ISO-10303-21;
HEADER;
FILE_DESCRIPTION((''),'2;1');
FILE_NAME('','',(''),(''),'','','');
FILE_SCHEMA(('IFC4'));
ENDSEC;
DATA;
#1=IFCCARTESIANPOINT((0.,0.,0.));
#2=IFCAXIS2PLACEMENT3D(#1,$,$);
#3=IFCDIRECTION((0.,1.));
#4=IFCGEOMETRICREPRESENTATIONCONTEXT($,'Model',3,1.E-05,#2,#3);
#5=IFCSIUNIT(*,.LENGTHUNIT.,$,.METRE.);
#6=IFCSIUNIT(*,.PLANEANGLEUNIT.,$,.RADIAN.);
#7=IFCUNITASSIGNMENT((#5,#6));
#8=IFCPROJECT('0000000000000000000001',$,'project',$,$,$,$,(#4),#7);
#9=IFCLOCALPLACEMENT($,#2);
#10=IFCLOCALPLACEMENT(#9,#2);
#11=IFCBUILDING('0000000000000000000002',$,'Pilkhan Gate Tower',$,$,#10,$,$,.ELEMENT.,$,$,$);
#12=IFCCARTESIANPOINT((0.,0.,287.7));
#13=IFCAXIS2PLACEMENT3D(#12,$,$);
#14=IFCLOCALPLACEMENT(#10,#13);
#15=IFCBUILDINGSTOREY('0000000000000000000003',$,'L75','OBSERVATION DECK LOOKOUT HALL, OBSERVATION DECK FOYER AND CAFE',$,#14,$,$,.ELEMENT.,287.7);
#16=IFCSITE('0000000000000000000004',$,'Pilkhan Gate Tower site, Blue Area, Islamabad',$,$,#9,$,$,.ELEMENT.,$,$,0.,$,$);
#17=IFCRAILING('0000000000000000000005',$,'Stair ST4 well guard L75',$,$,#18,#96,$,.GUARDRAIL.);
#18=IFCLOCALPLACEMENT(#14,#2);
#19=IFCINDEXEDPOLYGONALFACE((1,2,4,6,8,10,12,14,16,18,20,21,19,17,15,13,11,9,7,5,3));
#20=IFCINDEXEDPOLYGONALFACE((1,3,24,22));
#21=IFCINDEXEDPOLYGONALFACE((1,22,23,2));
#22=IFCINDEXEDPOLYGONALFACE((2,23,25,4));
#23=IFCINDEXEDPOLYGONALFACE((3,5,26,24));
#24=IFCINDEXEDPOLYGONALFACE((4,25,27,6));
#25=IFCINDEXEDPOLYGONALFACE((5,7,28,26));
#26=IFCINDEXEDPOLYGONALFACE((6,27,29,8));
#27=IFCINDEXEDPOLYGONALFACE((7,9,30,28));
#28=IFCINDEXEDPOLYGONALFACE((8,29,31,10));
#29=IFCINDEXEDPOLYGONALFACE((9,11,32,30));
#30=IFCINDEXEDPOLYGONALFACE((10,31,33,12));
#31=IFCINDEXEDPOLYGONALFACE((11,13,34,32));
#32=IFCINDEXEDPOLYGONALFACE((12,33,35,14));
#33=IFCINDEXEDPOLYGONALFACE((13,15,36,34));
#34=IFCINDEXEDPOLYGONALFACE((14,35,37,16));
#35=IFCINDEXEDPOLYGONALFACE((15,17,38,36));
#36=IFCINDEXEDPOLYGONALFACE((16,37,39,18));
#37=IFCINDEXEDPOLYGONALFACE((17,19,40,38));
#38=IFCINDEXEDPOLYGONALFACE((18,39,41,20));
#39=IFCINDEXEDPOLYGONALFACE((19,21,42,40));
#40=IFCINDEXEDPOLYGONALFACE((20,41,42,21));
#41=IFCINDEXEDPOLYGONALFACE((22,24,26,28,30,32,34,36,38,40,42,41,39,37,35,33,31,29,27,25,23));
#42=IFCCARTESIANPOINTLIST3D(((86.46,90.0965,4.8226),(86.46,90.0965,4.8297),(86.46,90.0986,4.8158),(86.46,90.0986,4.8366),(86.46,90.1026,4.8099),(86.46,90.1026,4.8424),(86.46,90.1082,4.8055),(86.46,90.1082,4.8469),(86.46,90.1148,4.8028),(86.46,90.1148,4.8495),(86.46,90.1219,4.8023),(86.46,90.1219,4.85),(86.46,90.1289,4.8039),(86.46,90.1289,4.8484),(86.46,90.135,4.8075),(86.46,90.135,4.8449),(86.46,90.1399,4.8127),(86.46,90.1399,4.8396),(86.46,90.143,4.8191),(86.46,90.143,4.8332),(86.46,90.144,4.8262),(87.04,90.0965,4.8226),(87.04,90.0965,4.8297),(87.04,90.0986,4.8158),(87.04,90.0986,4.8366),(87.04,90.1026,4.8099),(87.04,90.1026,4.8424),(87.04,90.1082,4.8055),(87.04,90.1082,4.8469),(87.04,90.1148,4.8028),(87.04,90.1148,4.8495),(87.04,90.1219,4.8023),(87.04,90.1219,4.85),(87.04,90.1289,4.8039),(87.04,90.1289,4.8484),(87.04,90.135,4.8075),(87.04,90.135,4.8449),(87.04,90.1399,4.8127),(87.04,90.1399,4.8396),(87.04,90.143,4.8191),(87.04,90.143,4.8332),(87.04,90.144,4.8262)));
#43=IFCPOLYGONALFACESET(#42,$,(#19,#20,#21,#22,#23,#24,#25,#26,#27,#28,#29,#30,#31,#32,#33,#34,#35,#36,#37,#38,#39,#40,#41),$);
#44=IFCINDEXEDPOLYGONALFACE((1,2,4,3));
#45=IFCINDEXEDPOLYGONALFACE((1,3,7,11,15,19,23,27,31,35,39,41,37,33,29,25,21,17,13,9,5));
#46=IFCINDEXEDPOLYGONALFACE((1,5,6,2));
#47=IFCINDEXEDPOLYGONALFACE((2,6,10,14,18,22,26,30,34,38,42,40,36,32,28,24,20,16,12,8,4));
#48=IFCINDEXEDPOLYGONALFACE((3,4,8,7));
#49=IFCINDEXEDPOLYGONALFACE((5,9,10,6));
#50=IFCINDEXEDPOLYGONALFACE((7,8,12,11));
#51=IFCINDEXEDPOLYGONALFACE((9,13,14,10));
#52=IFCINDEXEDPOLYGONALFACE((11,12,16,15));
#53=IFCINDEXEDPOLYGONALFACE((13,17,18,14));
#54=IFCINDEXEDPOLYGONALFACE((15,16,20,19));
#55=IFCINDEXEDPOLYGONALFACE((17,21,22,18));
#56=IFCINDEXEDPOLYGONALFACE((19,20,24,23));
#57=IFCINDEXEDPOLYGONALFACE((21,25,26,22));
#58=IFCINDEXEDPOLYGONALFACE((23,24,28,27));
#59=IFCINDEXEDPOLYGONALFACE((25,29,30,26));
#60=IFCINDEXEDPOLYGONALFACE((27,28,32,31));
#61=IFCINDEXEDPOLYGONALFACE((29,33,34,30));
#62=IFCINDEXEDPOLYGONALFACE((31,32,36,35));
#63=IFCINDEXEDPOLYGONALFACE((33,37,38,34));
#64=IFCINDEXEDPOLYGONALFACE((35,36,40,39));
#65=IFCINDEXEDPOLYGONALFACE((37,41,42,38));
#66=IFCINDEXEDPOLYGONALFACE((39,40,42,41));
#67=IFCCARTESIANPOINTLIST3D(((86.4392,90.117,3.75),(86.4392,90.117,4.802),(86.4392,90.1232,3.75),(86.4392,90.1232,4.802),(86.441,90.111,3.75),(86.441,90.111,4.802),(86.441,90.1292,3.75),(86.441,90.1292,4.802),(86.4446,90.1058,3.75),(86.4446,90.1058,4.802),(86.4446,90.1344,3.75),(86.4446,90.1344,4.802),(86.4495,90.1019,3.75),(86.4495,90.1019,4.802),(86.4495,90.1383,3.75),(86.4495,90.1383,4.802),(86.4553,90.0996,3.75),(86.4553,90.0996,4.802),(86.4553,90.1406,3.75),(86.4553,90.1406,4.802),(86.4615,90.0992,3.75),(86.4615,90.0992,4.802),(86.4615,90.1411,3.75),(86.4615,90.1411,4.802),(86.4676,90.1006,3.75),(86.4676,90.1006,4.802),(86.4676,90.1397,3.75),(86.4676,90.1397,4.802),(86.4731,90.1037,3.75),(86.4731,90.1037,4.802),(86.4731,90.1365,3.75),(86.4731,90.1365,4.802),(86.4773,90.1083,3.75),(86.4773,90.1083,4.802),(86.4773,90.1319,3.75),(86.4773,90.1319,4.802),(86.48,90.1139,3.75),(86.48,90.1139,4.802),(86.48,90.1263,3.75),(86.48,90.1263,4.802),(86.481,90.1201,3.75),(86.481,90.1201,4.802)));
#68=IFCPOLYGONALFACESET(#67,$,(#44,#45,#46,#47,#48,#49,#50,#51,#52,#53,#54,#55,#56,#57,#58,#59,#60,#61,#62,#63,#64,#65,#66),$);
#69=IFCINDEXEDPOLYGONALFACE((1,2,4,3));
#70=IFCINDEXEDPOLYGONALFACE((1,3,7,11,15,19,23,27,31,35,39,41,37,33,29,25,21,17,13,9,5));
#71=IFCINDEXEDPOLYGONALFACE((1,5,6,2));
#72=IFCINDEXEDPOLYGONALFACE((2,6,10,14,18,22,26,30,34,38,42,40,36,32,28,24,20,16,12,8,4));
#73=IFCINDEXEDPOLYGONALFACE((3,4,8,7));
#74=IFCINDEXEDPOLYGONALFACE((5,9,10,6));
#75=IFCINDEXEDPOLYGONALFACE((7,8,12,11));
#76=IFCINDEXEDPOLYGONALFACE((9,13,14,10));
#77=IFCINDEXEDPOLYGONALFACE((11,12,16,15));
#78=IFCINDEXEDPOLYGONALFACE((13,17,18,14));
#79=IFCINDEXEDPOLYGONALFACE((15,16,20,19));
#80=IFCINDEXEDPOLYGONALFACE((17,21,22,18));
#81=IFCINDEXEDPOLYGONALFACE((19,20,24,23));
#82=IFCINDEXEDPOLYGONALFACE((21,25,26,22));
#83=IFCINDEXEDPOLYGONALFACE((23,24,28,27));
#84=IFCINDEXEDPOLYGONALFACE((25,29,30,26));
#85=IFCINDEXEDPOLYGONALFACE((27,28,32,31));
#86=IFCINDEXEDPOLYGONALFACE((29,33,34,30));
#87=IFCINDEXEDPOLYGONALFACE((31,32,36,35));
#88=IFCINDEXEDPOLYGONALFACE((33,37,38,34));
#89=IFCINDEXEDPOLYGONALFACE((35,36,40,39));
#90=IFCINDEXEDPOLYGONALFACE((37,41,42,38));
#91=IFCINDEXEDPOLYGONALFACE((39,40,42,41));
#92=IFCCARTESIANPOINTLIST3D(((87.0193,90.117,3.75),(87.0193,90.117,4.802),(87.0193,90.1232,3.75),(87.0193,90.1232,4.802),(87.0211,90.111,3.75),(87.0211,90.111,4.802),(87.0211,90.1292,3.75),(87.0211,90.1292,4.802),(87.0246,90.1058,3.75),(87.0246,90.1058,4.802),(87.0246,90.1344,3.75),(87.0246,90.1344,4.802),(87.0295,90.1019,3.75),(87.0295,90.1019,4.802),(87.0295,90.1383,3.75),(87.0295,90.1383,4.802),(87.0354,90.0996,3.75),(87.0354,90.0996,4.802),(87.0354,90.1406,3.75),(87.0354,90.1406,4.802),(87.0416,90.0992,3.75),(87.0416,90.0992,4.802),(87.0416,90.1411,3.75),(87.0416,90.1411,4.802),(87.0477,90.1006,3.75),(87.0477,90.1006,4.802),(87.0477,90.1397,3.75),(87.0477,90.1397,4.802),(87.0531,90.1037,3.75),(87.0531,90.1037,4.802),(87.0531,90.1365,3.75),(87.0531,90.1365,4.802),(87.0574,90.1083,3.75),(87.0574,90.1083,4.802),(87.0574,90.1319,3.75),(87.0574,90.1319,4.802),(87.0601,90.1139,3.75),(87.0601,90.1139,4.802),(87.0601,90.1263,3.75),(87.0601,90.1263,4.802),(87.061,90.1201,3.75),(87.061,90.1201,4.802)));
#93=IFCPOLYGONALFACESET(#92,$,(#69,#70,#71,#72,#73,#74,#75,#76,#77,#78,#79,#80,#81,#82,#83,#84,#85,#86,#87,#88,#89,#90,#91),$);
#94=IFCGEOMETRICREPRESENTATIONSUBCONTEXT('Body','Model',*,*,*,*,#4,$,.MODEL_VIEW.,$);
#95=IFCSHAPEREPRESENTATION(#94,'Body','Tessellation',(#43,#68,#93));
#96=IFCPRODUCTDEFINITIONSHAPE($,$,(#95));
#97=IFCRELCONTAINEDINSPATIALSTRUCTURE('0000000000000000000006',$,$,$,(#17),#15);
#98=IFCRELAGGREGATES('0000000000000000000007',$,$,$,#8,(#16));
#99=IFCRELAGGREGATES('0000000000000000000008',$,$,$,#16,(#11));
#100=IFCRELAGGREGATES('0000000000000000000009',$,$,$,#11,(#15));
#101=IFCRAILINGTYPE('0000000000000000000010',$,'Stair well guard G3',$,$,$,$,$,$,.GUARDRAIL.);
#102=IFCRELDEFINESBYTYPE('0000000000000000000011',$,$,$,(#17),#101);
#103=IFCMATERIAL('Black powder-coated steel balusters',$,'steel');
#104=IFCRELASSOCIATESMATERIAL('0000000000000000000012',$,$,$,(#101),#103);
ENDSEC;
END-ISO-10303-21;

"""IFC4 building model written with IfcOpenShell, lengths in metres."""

from ifc_helpers import new_model, si_unit, direction, frame, origin, origin_2d, place, context, subcontext, project, spatial, circle, extrude, material, type_object, element, save


model = new_model("IFC4")

# Units and contexts
model_context = context("Model", 3, precision=1e-05, world=origin(), true_north=direction((0.0, 1.0)))
body_context = subcontext(model_context, "Body", "Model", "MODEL_VIEW")
ifc_project = project(units=[si_unit("LENGTHUNIT", "METRE"), si_unit("PLANEANGLEUNIT", "RADIAN")], contexts=[model_context])

# Site, building, storey
site_placement = place(None, origin())
site = spatial("IfcSite", under=ifc_project, at=site_placement, Name="Pilkhan Gate Tower site, Blue Area, Islamabad", CompositionType="ELEMENT", RefElevation=0.0)
building_placement = place(site_placement, origin())
building = spatial("IfcBuilding", under=site, at=building_placement, Name="Pilkhan Gate Tower", CompositionType="ELEMENT")
storey_placement = place(building_placement, frame((0.0, 0.0, 287.7)))
storey = spatial("IfcBuildingStorey", under=building, at=storey_placement, Name="L75", Description="OBSERVATION DECK LOOKOUT HALL, OBSERVATION DECK FOYER AND CAFE", CompositionType="ELEMENT", Elevation=287.7)

# Railing
ifc_material_1 = material(Name="Black powder-coated steel balusters", Category="steel")
railing_type_1 = type_object("IfcRailingType", Name="Stair well guard G3", PredefinedType="GUARDRAIL", material=ifc_material_1)
for number, where, name in (
    (1, (86.46, 90.1201, 3.75), "Stair ST4 well guard L75"),
):
    element("IfcRailing", number, at=place(storey_placement, frame(where)), inside=storey, type_object=railing_type_1, Name=name, PredefinedType="GUARDRAIL", context=body_context, shape_type="SweptSolid", body=[
        extrude(circle(Radius=0.0239, at=origin_2d()), frame((0.0, 0.0, 1.0762), z_axis=(1.0, 0.0, 0.0), x_axis=(0.0, 1.0, 0.0)), (0.0, 0.0, 1.0), 0.5801),
        extrude(circle(Radius=0.021, at=origin_2d()), origin(), (0.0, 0.0, 1.0), 1.052),
        extrude(circle(Radius=0.021, at=origin_2d()), frame((0.5801, 0.0, 0.0)), (0.0, 0.0, 1.0), 1.052),
    ])

save(model, "model.ifc")
